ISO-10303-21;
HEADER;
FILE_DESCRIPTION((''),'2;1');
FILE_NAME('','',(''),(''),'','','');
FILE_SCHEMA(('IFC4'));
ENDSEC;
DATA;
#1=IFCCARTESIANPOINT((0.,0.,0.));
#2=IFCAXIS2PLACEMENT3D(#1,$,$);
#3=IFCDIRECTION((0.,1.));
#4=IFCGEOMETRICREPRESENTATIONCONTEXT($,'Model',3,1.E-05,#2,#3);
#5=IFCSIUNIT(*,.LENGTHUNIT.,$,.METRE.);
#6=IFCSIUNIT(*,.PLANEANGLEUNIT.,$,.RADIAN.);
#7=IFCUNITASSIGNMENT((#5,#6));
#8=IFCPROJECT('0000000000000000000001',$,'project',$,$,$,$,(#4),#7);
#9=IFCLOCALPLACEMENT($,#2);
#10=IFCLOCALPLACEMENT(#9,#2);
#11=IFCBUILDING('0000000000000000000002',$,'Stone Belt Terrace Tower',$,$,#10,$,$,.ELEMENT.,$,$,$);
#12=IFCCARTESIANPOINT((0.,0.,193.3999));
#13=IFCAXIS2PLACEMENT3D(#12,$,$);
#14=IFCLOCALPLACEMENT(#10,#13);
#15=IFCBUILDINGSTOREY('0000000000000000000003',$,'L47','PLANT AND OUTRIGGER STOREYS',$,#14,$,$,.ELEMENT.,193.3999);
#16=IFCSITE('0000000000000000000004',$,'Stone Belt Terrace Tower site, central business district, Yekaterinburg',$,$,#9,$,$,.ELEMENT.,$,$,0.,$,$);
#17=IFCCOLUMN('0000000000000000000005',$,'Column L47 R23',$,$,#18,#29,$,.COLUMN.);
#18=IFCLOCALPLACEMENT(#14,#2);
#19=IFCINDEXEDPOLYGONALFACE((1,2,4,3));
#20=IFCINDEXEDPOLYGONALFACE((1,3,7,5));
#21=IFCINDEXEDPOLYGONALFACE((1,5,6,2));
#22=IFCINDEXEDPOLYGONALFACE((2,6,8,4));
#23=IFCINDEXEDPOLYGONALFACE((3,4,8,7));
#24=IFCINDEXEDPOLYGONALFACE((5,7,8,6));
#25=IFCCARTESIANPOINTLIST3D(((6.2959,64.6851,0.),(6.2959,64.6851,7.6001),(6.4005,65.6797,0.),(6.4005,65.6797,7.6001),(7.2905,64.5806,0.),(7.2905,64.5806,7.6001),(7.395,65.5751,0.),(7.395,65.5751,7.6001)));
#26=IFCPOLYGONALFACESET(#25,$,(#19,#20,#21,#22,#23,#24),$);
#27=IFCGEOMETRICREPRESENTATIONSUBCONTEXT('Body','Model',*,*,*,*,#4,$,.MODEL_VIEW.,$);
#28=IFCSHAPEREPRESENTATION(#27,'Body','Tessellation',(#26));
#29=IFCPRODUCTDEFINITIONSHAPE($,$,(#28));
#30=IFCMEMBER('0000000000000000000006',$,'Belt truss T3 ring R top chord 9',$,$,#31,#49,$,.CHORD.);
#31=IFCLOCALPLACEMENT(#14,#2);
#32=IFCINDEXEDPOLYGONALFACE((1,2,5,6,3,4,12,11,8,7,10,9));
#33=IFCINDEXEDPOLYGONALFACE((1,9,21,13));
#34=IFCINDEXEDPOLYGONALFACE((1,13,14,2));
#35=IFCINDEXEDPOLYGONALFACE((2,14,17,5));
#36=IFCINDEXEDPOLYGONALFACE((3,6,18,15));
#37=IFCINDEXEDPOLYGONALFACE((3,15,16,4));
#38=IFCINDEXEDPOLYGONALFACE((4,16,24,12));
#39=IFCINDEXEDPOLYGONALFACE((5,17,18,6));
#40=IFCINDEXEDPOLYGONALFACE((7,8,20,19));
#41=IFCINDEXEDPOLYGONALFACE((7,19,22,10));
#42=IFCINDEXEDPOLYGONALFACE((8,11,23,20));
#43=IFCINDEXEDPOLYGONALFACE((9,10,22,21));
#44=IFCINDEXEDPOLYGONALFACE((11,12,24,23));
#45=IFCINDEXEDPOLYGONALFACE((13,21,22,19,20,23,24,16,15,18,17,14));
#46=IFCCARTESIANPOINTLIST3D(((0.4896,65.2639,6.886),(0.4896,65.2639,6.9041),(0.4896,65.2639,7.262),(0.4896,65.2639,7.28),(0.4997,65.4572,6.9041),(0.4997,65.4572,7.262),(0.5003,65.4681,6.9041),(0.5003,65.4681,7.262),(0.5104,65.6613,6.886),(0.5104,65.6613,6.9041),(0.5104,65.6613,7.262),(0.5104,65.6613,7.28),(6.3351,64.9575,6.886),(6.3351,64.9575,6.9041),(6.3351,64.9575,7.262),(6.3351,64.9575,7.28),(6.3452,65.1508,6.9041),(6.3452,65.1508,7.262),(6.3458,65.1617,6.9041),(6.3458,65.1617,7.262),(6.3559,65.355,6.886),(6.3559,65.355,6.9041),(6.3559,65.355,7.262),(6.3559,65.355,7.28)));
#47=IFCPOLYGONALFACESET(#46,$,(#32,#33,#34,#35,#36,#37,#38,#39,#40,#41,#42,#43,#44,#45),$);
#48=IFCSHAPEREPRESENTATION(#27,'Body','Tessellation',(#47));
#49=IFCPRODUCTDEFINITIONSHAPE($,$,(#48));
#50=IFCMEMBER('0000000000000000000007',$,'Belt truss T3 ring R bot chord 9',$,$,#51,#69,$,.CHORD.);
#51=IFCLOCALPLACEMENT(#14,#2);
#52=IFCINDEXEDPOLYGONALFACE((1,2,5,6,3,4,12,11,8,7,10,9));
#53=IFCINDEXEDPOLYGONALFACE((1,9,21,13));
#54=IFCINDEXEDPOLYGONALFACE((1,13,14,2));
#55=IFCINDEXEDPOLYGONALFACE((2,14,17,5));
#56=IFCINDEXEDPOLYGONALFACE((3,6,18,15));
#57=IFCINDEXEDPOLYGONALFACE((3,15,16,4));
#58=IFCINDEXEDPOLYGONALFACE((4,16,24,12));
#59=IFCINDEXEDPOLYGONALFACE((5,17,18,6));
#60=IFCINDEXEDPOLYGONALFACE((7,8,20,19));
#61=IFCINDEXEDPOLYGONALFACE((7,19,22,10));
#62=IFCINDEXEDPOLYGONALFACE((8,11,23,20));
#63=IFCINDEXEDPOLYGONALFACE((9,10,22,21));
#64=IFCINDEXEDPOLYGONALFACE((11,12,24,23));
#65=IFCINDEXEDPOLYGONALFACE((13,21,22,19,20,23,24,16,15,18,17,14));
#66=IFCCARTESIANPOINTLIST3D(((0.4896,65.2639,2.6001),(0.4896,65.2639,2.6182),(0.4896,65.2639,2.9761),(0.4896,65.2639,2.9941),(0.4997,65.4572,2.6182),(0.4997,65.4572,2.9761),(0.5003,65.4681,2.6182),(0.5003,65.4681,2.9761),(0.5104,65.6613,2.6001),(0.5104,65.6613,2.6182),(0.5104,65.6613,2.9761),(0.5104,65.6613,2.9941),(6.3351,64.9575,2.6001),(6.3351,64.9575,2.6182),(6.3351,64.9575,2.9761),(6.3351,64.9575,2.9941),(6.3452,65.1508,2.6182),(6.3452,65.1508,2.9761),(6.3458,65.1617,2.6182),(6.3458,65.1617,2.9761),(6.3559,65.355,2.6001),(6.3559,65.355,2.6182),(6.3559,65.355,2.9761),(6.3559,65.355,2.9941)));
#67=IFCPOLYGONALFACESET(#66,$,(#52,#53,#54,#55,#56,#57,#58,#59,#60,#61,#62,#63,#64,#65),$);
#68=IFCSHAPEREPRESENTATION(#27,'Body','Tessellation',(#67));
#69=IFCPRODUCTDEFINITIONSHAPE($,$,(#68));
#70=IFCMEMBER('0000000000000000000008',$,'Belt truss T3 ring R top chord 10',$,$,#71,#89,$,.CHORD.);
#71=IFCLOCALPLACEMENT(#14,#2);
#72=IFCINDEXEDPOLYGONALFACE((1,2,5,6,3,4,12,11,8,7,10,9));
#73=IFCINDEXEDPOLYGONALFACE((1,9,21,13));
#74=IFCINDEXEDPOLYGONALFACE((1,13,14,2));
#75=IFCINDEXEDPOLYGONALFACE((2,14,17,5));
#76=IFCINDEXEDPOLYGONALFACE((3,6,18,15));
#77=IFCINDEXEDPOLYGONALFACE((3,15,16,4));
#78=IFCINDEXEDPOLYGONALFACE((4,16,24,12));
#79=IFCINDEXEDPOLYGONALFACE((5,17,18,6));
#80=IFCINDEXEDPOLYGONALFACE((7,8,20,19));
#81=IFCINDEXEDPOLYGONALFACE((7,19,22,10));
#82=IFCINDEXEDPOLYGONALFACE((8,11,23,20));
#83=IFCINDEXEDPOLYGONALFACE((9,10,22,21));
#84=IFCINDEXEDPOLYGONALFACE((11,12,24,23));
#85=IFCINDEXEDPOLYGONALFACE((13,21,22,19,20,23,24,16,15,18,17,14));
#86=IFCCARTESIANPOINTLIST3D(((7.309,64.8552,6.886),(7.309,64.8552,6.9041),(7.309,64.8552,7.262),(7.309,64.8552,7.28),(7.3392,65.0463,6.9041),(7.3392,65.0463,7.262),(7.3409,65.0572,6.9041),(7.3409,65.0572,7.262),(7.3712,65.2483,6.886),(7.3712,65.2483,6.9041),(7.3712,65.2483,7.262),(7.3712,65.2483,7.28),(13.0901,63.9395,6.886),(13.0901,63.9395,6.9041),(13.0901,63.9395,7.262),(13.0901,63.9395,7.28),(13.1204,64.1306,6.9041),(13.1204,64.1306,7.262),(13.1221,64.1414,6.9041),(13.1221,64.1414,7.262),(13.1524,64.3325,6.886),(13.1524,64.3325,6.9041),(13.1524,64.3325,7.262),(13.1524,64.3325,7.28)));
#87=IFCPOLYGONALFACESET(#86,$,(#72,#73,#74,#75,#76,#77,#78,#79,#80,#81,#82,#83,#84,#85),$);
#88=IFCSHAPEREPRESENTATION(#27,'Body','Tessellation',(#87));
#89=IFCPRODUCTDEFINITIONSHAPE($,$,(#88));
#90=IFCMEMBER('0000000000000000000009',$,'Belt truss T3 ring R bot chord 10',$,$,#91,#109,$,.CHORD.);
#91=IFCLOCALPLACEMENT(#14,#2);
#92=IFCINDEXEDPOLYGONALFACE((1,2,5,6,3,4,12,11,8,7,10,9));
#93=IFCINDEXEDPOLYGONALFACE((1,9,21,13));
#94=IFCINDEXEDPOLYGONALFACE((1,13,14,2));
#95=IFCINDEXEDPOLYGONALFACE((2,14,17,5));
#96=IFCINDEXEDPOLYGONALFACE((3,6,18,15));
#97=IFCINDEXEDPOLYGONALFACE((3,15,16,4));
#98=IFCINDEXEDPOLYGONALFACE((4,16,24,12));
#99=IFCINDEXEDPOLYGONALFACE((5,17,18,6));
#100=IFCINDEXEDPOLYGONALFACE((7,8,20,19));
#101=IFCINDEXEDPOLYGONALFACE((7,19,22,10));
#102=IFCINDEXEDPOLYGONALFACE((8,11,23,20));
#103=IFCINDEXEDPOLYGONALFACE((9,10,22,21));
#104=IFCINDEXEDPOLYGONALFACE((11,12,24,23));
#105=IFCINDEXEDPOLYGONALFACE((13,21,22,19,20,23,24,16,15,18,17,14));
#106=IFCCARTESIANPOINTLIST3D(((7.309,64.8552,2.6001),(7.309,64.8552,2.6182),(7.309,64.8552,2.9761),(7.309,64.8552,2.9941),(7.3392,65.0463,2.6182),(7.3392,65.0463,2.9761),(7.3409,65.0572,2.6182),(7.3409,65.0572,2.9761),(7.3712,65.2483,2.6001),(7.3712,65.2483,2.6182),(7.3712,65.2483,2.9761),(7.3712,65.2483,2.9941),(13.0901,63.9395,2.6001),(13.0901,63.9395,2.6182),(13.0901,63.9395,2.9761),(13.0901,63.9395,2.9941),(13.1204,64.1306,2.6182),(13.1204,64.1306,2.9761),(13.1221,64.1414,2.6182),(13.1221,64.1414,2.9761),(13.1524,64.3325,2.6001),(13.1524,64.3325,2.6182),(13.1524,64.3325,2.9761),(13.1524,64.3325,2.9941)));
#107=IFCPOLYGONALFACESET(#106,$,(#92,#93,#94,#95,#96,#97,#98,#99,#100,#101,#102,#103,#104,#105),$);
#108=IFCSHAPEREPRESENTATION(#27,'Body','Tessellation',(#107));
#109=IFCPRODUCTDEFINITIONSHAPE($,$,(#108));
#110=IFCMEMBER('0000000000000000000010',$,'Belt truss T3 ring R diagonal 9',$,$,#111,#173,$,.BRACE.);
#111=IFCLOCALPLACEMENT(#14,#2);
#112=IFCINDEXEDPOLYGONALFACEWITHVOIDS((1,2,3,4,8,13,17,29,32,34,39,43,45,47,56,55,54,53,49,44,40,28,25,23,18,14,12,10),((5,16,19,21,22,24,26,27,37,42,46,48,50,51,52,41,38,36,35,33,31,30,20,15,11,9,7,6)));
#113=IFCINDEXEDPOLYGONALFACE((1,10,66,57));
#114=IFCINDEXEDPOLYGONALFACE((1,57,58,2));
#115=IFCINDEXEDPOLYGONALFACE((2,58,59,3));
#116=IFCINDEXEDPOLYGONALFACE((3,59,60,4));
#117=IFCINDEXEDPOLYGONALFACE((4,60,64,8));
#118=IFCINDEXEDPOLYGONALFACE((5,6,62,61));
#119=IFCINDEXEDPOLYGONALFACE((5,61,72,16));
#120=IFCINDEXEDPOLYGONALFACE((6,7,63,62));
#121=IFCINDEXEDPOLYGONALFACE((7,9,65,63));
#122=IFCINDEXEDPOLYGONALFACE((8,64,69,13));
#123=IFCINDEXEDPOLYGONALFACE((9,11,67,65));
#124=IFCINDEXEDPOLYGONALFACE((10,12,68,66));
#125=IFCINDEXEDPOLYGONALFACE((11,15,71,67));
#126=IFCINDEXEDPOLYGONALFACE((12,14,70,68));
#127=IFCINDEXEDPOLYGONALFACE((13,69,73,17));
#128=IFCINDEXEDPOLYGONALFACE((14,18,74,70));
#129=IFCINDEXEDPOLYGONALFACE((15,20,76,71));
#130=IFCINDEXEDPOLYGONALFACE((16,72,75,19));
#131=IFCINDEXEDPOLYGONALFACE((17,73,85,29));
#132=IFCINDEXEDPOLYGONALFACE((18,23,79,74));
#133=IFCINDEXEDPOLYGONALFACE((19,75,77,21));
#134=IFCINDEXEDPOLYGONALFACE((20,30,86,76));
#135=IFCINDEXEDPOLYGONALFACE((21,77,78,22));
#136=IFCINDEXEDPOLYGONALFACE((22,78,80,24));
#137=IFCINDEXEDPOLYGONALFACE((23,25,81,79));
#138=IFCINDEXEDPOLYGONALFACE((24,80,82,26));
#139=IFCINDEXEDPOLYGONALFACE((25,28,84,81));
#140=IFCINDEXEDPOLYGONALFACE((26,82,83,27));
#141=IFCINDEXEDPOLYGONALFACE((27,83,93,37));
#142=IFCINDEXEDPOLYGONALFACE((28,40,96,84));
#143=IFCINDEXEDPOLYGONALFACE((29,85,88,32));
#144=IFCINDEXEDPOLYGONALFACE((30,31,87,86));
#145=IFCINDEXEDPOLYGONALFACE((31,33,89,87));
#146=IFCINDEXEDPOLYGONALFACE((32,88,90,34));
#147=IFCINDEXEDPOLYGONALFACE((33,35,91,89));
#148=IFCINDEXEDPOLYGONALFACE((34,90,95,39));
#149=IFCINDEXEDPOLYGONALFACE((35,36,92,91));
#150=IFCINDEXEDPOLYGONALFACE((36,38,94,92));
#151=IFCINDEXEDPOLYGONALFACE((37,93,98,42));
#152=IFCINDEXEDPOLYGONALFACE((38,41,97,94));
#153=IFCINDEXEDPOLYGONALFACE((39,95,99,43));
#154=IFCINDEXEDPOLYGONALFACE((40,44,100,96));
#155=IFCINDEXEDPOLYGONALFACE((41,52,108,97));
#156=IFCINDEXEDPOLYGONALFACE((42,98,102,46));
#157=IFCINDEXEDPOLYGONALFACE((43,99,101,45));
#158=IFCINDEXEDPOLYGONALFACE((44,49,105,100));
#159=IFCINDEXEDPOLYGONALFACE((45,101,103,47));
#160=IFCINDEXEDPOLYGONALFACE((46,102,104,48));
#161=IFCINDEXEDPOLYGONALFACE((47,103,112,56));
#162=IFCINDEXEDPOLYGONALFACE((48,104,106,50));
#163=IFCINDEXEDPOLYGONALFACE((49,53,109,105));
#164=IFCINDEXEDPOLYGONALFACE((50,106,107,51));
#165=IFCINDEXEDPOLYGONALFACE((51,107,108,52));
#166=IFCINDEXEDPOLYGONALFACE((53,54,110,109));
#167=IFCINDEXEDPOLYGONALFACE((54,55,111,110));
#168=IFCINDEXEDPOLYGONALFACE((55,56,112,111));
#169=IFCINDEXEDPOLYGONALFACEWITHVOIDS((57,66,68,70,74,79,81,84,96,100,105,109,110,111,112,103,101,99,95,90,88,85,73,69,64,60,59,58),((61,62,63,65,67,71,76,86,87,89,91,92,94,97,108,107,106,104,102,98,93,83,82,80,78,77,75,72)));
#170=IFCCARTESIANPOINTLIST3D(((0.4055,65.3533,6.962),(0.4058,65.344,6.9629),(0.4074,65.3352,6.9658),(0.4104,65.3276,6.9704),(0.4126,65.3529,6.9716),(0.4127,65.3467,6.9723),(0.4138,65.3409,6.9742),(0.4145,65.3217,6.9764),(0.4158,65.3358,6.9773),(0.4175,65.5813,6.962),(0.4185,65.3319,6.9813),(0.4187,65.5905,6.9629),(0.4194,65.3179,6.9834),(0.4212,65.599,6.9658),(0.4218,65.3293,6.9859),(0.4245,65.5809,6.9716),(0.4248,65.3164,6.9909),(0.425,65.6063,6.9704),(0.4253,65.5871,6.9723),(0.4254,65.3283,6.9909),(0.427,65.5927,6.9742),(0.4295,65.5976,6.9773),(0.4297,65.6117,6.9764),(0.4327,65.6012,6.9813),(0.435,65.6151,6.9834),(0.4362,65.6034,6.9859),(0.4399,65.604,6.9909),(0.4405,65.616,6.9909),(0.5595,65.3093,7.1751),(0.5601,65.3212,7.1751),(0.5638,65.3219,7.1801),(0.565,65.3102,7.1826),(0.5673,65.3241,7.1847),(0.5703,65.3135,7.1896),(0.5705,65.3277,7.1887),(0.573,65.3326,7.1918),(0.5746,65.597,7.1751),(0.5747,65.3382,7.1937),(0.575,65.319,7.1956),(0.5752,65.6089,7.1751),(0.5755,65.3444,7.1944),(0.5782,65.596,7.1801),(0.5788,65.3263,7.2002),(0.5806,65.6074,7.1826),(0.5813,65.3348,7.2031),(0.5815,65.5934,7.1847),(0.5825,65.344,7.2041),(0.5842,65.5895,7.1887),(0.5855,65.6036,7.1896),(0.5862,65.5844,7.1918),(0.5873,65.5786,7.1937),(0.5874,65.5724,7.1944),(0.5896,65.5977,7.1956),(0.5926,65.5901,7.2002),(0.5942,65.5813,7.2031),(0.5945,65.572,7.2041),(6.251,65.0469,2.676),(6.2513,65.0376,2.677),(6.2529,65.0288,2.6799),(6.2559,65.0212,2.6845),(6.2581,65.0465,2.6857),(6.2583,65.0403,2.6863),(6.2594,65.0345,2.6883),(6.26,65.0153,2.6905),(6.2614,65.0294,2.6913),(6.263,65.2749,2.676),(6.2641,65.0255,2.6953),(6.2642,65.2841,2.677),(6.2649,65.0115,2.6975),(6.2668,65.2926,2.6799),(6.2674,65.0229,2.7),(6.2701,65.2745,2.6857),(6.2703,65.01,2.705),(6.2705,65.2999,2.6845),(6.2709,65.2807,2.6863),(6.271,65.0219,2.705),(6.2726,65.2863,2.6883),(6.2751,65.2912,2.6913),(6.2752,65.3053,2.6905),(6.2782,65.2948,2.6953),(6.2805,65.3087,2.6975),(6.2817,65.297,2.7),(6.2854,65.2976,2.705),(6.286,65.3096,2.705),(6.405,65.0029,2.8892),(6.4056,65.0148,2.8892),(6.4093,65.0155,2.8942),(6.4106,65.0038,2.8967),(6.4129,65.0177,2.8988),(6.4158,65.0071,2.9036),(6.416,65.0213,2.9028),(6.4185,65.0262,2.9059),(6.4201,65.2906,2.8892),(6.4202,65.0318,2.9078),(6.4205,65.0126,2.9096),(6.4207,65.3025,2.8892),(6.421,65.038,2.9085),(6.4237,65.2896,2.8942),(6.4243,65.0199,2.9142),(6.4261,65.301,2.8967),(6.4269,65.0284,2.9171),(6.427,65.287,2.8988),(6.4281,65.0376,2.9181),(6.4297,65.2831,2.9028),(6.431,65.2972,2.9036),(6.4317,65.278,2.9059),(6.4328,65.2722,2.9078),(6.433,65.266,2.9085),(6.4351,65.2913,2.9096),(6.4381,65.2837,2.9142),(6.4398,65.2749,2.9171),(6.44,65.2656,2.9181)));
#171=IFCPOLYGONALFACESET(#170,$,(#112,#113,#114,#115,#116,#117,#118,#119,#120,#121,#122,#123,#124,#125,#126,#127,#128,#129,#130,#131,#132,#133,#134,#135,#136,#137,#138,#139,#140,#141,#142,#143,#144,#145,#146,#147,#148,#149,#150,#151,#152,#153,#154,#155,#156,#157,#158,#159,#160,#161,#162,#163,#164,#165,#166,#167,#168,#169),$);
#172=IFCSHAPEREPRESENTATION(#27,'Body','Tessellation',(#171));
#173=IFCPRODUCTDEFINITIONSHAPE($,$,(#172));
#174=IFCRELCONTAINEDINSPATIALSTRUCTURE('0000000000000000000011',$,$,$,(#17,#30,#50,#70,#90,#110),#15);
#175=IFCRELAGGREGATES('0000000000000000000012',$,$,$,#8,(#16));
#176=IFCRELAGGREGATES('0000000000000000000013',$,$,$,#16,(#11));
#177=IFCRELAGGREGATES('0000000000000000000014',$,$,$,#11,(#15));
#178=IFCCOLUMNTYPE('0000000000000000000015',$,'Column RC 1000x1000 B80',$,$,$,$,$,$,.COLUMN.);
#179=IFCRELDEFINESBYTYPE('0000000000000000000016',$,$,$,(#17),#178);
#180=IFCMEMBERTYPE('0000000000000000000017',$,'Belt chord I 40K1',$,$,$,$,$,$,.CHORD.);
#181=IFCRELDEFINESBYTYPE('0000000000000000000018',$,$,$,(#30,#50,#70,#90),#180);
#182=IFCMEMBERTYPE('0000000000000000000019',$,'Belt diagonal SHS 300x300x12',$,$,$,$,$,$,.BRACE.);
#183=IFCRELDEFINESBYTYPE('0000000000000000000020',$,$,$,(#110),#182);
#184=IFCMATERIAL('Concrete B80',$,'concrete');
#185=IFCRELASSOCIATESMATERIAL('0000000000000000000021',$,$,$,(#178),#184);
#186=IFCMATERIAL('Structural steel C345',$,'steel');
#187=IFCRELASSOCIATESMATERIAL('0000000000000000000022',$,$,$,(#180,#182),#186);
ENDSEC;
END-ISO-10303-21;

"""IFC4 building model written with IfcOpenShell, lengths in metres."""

from ifc_helpers import new_model, si_unit, direction, frame, origin, origin_2d, place, context, subcontext, project, spatial, rectangle, hollow_rectangle, i_section, extrude, material, material_profile, profile_set, type_object, element, save


model = new_model("IFC4")

# Units and contexts
model_context = context("Model", 3, precision=1e-05, world=origin(), true_north=direction((0.0, 1.0)))
body_context = subcontext(model_context, "Body", "Model", "MODEL_VIEW")
ifc_project = project(units=[si_unit("LENGTHUNIT", "METRE"), si_unit("PLANEANGLEUNIT", "RADIAN")], contexts=[model_context])

# Site, building, storey
site_placement = place(None, origin())
site = spatial("IfcSite", under=ifc_project, at=site_placement, Name="Stone Belt Terrace Tower site, central business district, Yekaterinburg", CompositionType="ELEMENT", RefElevation=0.0)
building_placement = place(site_placement, origin())
building = spatial("IfcBuilding", under=site, at=building_placement, Name="Stone Belt Terrace Tower", CompositionType="ELEMENT")
storey_placement = place(building_placement, frame((0.0, 0.0, 193.3999)))
storey = spatial("IfcBuildingStorey", under=building, at=storey_placement, Name="L47", Description="PLANT AND OUTRIGGER STOREYS", CompositionType="ELEMENT", Elevation=193.3999)

# Column
ifc_material_1 = material(Name="Concrete B80", Category="concrete")
ifc_material_profile_1 = material_profile(ifc_material_1, rectangle(XDim=1.0, YDim=1.0, at=origin_2d()), Name="RC 1000x1000")
ifc_profile_set_1 = profile_set([ifc_material_profile_1], Name="Concrete B80")
column_type = type_object("IfcColumnType", Name="Column RC 1000x1000 B80", PredefinedType="COLUMN", material=ifc_profile_set_1)
column_placement = place(storey_placement, frame((6.8455, 65.1301, 0.0), z_axis=(0.0, 0.0, 1.0), x_axis=(0.994522, -0.104528, 0.0)))
element("IfcColumn", 1, at=column_placement, inside=storey, type_object=column_type, Name="Column L47 R23", PredefinedType="COLUMN", context=body_context, shape_type="SweptSolid", body=[
    extrude(rectangle(XDim=1.0, YDim=1.0, at=origin_2d()), origin(), (0.0, 0.0, 1.0), 7.6001),
])

# Members
ifc_material_2 = material(Name="Structural steel C345", Category="steel")
ifc_material_profile_2 = material_profile(ifc_material_2, i_section(OverallWidth=0.3979, OverallDepth=0.394, WebThickness=0.011, FlangeThickness=0.0181, at=origin_2d()), Name="I 40K1")
ifc_profile_set_2 = profile_set([ifc_material_profile_2], Name="Structural steel C345")
member_type_1 = type_object("IfcMemberType", Name="Belt chord I 40K1", PredefinedType="CHORD", material=ifc_profile_set_2)
for number, where, z_axis, x_axis, name in (
    (2, (0.5, 65.4626, 7.083), (0.998629, -0.052344, 0.0), (0.052344, 0.998629, 0.0), "Belt truss T3 ring R top chord 9"),
    (3, (0.5, 65.4626, 2.7971), (0.998629, -0.052344, 0.0), (0.052344, 0.998629, 0.0), "Belt truss T3 ring R bot chord 9"),
):
    element("IfcMember", number, at=place(storey_placement, frame(where, z_axis=z_axis, x_axis=x_axis)), inside=storey, type_object=member_type_1, Name=name, PredefinedType="CHORD", context=body_context, shape_type="SweptSolid", body=[
        extrude(i_section(OverallWidth=0.3979, OverallDepth=0.394, WebThickness=0.011, FlangeThickness=0.0181, at=origin_2d()), origin(), (0.0, 0.0, 1.0), 5.8535),
    ])
for number, where, z_axis, x_axis, name in (
    (4, (7.3401, 65.0518, 7.083), (0.987685, -0.156453, 0.0), (0.156453, 0.987685, 0.0), "Belt truss T3 ring R top chord 10"),
    (5, (7.3401, 65.0518, 2.7971), (0.987685, -0.156453, 0.0), (0.156453, 0.987685, 0.0), "Belt truss T3 ring R bot chord 10"),
):
    element("IfcMember", number, at=place(storey_placement, frame(where, z_axis=z_axis, x_axis=x_axis)), inside=storey, type_object=member_type_1, Name=name, PredefinedType="CHORD", context=body_context, shape_type="SweptSolid", body=[
        extrude(i_section(OverallWidth=0.3979, OverallDepth=0.394, WebThickness=0.011, FlangeThickness=0.0181, at=origin_2d()), origin(), (0.0, 0.0, 1.0), 5.8533),
    ])
ifc_material_profile_3 = material_profile(ifc_material_2, hollow_rectangle(XDim=0.3, YDim=0.3, WallThickness=0.012, InnerFilletRadius=0.0239, OuterFilletRadius=0.0359, at=origin_2d()), Name="SHS 300x300x12")
ifc_profile_set_3 = profile_set([ifc_material_profile_3], Name="Structural steel C345")
member_type_2 = type_object("IfcMemberType", Name="Belt diagonal SHS 300x300x12", PredefinedType="BRACE", material=ifc_profile_set_3)
member_1_placement = place(storey_placement, frame((0.5, 65.4626, 7.083), z_axis=(0.805737, -0.042234, -0.590766), x_axis=(0.052344, 0.998629, 0.0)))
element("IfcMember", 6, at=member_1_placement, inside=storey, type_object=member_type_2, Name="Belt truss T3 ring R diagonal 9", PredefinedType="BRACE", context=body_context, shape_type="SweptSolid", body=[
    extrude(hollow_rectangle(XDim=0.3, YDim=0.3, WallThickness=0.012, InnerFilletRadius=0.0239, OuterFilletRadius=0.0359, at=origin_2d()), origin(), (0.0, 0.0, 1.0), 7.2549),
])

save(model, "model.ifc")
